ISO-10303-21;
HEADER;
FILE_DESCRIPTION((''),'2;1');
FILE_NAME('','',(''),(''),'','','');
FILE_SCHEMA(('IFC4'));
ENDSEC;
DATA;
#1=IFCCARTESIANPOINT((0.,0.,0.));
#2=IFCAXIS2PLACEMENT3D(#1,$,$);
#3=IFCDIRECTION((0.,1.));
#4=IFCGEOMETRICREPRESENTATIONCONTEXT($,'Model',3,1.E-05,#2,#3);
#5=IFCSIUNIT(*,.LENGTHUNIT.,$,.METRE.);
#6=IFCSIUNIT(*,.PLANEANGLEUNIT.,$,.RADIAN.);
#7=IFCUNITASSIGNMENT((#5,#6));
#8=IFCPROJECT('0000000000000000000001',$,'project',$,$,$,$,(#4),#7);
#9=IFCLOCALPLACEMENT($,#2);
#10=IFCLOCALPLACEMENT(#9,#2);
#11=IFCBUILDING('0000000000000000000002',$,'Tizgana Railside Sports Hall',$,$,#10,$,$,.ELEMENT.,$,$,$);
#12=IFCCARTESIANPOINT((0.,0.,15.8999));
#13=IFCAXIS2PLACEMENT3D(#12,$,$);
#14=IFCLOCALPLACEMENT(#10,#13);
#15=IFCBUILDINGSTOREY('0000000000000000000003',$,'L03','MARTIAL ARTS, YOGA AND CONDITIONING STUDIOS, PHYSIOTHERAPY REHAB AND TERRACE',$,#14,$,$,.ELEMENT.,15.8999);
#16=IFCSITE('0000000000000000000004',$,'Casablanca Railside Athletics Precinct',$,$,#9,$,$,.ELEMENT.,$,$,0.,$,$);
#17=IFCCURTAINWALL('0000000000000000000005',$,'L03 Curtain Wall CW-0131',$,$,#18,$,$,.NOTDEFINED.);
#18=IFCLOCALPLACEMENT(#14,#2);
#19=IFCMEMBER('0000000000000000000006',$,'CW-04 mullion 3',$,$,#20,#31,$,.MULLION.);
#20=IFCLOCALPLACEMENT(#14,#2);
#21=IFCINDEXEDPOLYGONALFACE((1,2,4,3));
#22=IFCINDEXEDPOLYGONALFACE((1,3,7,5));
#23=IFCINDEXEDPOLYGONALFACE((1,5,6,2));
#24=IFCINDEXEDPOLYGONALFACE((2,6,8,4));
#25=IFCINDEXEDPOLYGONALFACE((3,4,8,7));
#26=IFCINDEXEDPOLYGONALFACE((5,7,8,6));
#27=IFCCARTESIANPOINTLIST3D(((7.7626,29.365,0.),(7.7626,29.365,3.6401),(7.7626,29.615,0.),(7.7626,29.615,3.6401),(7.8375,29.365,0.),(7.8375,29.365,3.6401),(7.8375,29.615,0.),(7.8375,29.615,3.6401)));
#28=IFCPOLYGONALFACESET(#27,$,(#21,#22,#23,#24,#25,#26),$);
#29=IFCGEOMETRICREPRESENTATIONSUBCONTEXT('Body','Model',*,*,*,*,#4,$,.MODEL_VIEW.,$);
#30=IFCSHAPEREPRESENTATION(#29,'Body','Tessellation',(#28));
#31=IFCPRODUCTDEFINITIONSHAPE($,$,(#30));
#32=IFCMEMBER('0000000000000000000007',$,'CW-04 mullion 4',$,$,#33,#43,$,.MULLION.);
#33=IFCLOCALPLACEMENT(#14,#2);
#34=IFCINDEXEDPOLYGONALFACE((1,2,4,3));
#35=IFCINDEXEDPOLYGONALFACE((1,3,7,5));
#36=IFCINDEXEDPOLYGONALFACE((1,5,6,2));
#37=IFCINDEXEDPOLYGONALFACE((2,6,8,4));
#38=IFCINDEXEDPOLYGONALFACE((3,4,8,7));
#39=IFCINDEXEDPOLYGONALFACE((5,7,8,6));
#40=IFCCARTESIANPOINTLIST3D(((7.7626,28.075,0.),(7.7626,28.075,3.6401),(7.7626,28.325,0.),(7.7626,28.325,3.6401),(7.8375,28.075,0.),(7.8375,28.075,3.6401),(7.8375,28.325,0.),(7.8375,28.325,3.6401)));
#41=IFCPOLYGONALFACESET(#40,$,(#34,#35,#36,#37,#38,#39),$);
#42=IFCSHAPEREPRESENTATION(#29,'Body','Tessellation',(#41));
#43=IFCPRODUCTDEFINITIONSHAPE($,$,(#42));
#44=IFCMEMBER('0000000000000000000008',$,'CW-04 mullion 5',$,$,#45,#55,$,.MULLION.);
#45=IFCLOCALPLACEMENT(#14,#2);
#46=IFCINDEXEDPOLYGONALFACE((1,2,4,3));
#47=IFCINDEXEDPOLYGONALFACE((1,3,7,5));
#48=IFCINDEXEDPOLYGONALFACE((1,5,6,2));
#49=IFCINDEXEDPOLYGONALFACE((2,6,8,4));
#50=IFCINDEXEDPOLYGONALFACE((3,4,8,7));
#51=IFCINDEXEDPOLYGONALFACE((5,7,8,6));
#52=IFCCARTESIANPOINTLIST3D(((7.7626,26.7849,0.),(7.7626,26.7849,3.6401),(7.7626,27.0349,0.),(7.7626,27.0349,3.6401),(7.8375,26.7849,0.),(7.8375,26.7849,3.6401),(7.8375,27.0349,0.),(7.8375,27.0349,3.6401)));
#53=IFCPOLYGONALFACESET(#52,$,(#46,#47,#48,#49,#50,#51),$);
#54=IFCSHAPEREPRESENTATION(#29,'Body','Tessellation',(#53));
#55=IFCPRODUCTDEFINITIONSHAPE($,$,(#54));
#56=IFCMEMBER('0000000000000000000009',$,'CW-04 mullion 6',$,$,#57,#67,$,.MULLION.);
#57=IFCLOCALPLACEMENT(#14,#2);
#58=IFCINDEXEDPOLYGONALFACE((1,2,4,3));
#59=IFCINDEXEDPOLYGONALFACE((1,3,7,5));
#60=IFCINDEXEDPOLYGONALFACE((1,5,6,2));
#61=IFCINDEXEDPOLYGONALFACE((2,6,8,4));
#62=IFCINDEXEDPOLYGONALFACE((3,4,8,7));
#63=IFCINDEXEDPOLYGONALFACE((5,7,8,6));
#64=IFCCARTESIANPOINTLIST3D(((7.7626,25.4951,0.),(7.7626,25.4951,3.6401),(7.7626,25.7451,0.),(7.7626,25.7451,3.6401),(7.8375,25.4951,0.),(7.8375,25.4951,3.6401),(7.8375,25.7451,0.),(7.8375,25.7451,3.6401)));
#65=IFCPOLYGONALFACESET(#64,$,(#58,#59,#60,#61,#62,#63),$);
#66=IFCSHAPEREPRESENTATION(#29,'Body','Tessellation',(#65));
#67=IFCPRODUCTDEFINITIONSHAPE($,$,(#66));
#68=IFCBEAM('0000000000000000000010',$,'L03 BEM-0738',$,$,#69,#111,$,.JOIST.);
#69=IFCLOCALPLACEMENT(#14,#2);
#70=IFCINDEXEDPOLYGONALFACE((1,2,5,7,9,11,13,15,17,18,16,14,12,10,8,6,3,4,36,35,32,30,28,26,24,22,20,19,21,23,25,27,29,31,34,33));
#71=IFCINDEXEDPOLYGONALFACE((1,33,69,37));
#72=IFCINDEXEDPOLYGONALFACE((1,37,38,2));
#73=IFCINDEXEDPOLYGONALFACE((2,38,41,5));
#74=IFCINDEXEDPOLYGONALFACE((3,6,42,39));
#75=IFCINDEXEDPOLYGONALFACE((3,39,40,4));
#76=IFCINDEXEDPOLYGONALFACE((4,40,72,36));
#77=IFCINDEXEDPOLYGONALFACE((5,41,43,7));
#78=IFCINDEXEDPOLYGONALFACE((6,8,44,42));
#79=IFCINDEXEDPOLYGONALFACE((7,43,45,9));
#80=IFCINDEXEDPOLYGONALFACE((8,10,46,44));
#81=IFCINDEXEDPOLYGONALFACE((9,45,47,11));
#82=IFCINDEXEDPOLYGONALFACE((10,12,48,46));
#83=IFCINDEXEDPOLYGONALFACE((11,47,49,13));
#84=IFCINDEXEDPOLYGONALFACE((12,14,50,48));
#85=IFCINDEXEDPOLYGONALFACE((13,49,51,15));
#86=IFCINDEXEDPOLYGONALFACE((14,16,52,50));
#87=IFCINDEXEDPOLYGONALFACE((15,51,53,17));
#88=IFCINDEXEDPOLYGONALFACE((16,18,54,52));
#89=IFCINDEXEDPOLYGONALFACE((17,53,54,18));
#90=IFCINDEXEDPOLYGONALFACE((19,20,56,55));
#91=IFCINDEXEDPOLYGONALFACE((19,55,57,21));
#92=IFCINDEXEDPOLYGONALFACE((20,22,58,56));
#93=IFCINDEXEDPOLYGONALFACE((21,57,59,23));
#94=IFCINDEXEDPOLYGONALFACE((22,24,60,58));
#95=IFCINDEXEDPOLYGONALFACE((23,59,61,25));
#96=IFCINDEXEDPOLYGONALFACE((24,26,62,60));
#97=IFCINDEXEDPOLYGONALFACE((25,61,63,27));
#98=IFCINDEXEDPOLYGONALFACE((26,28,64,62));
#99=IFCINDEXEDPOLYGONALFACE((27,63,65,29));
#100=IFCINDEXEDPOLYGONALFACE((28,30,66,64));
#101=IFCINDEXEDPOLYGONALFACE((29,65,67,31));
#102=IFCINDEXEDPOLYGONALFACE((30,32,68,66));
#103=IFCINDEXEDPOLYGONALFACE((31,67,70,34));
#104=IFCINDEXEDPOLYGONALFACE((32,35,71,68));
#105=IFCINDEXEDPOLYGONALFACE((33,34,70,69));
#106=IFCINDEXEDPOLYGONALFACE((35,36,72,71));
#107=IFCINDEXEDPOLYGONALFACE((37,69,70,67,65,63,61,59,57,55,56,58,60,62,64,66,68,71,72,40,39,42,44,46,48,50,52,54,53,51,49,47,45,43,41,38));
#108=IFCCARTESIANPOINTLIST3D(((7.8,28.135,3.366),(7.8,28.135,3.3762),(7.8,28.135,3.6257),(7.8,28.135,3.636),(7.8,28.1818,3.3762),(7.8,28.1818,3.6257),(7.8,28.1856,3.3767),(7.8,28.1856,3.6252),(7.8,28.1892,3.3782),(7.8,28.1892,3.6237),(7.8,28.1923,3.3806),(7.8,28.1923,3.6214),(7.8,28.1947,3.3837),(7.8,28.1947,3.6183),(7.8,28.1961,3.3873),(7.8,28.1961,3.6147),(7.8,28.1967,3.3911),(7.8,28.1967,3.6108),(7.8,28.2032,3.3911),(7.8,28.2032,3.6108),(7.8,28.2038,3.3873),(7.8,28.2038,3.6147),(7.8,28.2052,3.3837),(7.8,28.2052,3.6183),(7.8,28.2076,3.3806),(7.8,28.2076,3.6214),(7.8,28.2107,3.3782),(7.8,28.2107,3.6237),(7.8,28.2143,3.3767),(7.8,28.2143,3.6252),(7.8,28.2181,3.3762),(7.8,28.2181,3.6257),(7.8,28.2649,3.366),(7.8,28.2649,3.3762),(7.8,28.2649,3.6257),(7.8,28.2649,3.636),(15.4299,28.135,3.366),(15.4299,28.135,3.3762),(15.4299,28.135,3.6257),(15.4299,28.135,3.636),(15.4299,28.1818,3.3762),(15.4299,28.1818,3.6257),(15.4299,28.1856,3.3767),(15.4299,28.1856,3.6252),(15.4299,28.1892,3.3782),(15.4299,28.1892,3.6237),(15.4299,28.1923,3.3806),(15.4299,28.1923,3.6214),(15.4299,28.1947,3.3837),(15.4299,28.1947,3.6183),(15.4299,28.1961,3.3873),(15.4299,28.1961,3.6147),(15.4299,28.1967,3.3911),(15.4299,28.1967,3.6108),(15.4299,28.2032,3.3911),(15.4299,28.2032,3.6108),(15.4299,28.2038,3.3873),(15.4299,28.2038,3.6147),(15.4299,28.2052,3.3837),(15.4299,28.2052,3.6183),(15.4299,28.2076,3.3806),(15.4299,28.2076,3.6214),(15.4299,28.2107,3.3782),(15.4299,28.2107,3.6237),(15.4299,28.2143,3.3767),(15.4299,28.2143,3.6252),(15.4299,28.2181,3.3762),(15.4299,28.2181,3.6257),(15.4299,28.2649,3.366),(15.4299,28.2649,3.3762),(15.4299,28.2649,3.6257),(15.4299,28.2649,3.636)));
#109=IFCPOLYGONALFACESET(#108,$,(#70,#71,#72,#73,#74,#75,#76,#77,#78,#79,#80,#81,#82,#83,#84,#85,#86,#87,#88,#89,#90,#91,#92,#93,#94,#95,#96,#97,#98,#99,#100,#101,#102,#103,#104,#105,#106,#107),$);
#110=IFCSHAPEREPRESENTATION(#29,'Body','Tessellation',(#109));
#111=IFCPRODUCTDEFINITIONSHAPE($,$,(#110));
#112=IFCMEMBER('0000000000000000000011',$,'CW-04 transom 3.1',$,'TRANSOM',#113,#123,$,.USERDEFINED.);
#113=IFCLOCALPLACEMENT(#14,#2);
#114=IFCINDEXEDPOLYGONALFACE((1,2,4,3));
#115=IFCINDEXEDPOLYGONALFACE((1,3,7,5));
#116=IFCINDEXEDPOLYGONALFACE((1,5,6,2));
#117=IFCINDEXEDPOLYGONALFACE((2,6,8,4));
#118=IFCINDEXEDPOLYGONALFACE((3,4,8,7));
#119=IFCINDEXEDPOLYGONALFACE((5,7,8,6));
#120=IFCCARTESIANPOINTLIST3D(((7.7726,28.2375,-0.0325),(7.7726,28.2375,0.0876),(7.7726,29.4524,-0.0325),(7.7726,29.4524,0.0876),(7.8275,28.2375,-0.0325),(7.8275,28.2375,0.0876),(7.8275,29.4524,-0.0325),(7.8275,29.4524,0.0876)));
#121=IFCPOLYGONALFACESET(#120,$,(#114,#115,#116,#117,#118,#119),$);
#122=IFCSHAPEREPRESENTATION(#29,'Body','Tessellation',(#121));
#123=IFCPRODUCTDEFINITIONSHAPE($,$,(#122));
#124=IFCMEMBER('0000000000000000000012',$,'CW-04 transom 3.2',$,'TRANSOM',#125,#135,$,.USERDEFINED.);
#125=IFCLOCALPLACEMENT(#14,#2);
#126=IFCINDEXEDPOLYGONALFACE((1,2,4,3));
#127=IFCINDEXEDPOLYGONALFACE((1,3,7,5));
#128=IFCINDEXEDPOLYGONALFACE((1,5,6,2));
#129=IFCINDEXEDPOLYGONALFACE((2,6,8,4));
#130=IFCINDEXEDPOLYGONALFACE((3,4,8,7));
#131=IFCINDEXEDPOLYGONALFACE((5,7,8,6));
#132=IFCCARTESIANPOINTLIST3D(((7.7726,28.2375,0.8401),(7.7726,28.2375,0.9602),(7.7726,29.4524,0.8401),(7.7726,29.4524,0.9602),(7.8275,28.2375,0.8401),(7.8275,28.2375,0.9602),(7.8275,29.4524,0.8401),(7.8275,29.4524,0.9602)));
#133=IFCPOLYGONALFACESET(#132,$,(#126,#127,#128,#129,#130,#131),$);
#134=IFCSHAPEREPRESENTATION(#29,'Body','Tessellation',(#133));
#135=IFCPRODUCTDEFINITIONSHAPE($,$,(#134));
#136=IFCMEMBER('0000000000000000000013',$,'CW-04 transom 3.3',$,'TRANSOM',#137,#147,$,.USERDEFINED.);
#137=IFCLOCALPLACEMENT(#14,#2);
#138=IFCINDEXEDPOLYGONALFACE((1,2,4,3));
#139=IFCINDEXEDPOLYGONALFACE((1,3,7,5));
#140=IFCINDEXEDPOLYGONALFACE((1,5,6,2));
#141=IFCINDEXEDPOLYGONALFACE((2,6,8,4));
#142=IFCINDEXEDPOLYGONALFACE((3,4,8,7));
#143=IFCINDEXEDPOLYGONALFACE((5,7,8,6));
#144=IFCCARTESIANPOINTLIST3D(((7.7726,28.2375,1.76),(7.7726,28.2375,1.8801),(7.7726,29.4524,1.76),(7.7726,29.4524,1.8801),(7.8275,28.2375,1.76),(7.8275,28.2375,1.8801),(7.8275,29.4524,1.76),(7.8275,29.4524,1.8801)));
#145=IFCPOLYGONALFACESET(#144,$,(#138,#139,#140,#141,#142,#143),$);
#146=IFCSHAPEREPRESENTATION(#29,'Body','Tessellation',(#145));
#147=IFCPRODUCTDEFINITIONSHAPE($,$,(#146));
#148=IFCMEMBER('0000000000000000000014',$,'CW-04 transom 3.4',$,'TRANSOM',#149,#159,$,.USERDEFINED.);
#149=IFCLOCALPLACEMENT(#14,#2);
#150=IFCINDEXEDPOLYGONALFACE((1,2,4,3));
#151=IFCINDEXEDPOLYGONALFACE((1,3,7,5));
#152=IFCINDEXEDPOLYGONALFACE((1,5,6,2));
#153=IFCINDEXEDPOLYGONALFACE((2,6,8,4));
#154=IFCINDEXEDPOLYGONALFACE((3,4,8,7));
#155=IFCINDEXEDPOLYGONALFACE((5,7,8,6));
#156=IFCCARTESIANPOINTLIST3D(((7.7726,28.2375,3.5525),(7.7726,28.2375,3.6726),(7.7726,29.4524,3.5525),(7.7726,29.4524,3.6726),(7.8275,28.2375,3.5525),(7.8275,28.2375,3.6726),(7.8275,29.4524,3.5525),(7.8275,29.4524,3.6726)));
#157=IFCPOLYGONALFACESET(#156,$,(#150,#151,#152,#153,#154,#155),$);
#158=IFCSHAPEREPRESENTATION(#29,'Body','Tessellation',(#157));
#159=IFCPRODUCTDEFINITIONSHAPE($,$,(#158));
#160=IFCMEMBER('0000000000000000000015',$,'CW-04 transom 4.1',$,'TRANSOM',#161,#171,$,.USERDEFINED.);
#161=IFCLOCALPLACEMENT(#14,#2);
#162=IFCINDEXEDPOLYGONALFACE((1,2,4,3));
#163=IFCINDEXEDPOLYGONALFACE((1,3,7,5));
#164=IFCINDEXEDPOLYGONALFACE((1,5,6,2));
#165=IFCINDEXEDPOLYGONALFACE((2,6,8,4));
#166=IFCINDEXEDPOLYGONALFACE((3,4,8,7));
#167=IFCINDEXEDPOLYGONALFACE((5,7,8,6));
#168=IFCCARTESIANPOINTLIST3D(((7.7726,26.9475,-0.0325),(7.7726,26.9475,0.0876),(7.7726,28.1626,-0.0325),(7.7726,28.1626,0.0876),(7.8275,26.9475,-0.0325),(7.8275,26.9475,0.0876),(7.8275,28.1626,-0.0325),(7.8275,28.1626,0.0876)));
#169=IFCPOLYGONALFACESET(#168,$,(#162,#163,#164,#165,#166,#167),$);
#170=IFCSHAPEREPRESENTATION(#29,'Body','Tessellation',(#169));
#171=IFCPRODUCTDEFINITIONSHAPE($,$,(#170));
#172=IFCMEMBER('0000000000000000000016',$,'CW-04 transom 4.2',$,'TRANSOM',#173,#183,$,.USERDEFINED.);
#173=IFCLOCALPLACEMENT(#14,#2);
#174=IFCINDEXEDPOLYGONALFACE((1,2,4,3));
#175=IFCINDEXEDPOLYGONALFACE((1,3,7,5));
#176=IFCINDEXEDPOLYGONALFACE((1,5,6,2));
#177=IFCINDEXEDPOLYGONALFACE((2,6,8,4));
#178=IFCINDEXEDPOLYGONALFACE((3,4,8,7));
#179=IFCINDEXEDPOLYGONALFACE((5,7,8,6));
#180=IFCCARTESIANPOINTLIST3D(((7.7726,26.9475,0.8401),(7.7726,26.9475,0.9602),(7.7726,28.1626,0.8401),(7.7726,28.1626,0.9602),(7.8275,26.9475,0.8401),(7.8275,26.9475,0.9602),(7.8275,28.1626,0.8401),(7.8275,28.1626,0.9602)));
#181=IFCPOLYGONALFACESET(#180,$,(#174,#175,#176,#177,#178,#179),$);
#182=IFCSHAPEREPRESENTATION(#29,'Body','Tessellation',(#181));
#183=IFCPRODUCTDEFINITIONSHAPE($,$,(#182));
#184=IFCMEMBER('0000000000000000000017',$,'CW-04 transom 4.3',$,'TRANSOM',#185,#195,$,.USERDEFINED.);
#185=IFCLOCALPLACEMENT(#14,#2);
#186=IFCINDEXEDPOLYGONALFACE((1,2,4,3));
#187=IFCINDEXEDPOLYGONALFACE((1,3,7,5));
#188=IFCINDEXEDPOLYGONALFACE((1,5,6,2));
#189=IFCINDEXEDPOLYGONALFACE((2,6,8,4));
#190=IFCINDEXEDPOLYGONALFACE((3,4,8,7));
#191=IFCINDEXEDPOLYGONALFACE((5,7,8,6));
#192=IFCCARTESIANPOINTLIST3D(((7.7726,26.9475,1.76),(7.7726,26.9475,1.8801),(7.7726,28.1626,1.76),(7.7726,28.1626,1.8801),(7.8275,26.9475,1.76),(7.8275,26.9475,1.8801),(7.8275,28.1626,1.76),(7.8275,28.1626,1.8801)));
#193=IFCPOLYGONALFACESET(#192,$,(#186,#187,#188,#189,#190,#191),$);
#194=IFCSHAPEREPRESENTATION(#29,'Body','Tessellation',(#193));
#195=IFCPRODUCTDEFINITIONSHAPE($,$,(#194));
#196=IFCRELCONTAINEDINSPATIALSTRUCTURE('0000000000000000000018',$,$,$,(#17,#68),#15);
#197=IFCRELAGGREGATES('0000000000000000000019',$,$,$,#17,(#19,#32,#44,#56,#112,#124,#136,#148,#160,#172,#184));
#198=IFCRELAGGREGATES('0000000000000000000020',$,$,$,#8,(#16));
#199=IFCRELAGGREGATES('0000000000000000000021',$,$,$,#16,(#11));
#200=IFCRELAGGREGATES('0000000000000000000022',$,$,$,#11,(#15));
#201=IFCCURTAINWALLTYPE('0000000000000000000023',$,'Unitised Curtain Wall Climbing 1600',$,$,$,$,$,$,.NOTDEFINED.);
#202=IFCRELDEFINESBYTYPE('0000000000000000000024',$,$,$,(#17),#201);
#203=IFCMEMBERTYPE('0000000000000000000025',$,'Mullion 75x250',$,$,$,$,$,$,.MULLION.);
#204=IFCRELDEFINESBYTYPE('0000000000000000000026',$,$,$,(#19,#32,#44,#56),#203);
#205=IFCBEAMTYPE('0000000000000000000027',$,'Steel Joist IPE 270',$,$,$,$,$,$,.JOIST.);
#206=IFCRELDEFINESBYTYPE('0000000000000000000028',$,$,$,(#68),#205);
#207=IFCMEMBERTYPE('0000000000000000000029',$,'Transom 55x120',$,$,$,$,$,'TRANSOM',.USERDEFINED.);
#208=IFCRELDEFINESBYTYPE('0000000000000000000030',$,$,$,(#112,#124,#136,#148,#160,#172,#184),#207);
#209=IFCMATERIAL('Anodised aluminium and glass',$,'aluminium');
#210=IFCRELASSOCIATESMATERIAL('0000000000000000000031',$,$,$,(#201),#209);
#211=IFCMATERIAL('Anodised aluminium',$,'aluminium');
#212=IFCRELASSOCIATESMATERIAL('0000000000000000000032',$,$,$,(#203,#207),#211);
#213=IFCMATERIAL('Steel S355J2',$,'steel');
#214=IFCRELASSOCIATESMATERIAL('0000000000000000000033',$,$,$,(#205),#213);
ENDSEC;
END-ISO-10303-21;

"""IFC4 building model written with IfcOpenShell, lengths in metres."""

from ifc_helpers import new_model, si_unit, direction, frame, origin, origin_2d, place, context, subcontext, project, spatial, rectangle, i_section, extrude, material, material_profile, profile_set, type_object, element, aggregate, save


model = new_model("IFC4")

# Units and contexts
model_context = context("Model", 3, precision=1e-05, world=origin(), true_north=direction((0.0, 1.0)))
body_context = subcontext(model_context, "Body", "Model", "MODEL_VIEW")
ifc_project = project(units=[si_unit("LENGTHUNIT", "METRE"), si_unit("PLANEANGLEUNIT", "RADIAN")], contexts=[model_context])

# Site, building, storey
site_placement = place(None, origin())
site = spatial("IfcSite", under=ifc_project, at=site_placement, Name="Casablanca Railside Athletics Precinct", CompositionType="ELEMENT", RefElevation=0.0)
building_placement = place(site_placement, origin())
building = spatial("IfcBuilding", under=site, at=building_placement, Name="Tizgana Railside Sports Hall", CompositionType="ELEMENT")
storey_placement = place(building_placement, frame((0.0, 0.0, 15.8999)))
storey = spatial("IfcBuildingStorey", under=building, at=storey_placement, Name="L03", Description="MARTIAL ARTS, YOGA AND CONDITIONING STUDIOS, PHYSIOTHERAPY REHAB AND TERRACE", CompositionType="ELEMENT", Elevation=15.8999)

# Curtain wall, members
ifc_material_1 = material(Name="Anodised aluminium and glass", Category="aluminium")
curtain_wall_type = type_object("IfcCurtainWallType", Name="Unitised Curtain Wall Climbing 1600", PredefinedType="NOTDEFINED", material=ifc_material_1)
curtain_wall_placement = place(storey_placement, origin())
curtain_wall = element("IfcCurtainWall", 1, at=curtain_wall_placement, inside=storey, type_object=curtain_wall_type, Name="L03 Curtain Wall CW-0131", PredefinedType="NOTDEFINED")
ifc_material_2 = material(Name="Anodised aluminium", Category="aluminium")
ifc_material_profile_1 = material_profile(ifc_material_2, rectangle(XDim=0.075, YDim=0.25, at=origin_2d()), Name="Mullion 75x250")
ifc_profile_set_1 = profile_set([ifc_material_profile_1], Name="Anodised aluminium")
member_type_1 = type_object("IfcMemberType", Name="Mullion 75x250", PredefinedType="MULLION", material=ifc_profile_set_1)
member_1_placement = place(storey_placement, frame((7.8, 29.49, 0.0), z_axis=(0.0, 0.0, 1.0), x_axis=(1.0, 0.0, 0.0)))
member_1 = element("IfcMember", 2, at=member_1_placement, type_object=member_type_1, Name="CW-04 mullion 3", PredefinedType="MULLION", context=body_context, shape_type="SweptSolid", body=[
    extrude(rectangle(XDim=0.075, YDim=0.25, at=origin_2d()), origin(), (0.0, 0.0, 1.0), 3.6401),
])
member_2_placement = place(storey_placement, frame((7.8, 28.2, 0.0), z_axis=(0.0, 0.0, 1.0), x_axis=(1.0, 0.0, 0.0)))
member_2 = element("IfcMember", 3, at=member_2_placement, type_object=member_type_1, Name="CW-04 mullion 4", PredefinedType="MULLION", context=body_context, shape_type="SweptSolid", body=[
    extrude(rectangle(XDim=0.075, YDim=0.25, at=origin_2d()), origin(), (0.0, 0.0, 1.0), 3.6401),
])
member_3_placement = place(storey_placement, frame((7.8, 26.9099, 0.0), z_axis=(0.0, 0.0, 1.0), x_axis=(1.0, 0.0, 0.0)))
member_3 = element("IfcMember", 4, at=member_3_placement, type_object=member_type_1, Name="CW-04 mullion 5", PredefinedType="MULLION", context=body_context, shape_type="SweptSolid", body=[
    extrude(rectangle(XDim=0.075, YDim=0.25, at=origin_2d()), origin(), (0.0, 0.0, 1.0), 3.6401),
])
member_4_placement = place(storey_placement, frame((7.8, 25.6201, 0.0), z_axis=(0.0, 0.0, 1.0), x_axis=(1.0, 0.0, 0.0)))
member_4 = element("IfcMember", 5, at=member_4_placement, type_object=member_type_1, Name="CW-04 mullion 6", PredefinedType="MULLION", context=body_context, shape_type="SweptSolid", body=[
    extrude(rectangle(XDim=0.075, YDim=0.25, at=origin_2d()), origin(), (0.0, 0.0, 1.0), 3.6401),
])

# Beam
ifc_material_3 = material(Name="Steel S355J2", Category="steel")
ifc_material_profile_2 = material_profile(ifc_material_3, i_section(OverallWidth=0.1299, OverallDepth=0.27, WebThickness=0.0066, FlangeThickness=0.0103, FilletRadius=0.0149, at=origin_2d()), Name="IPE 270")
ifc_profile_set_2 = profile_set([ifc_material_profile_2], Name="Steel S355J2")
beam_type = type_object("IfcBeamType", Name="Steel Joist IPE 270", PredefinedType="JOIST", material=ifc_profile_set_2)
beam_placement = place(storey_placement, frame((7.8, 28.2, 3.501), z_axis=(1.0, 0.0, 0.0), x_axis=(0.0, 1.0, 0.0)))
element("IfcBeam", 6, at=beam_placement, inside=storey, type_object=beam_type, Name="L03 BEM-0738", PredefinedType="JOIST", context=body_context, shape_type="SweptSolid", body=[
    extrude(i_section(OverallWidth=0.1299, OverallDepth=0.27, WebThickness=0.0066, FlangeThickness=0.0103, FilletRadius=0.0149, at=origin_2d()), origin(), (0.0, 0.0, 1.0), 7.6299),
])

# Members
ifc_material_profile_3 = material_profile(ifc_material_2, rectangle(XDim=0.0549, YDim=0.1201, at=origin_2d()), Name="Transom 55x120")
ifc_profile_set_3 = profile_set([ifc_material_profile_3], Name="Anodised aluminium")
member_type_2 = type_object("IfcMemberType", Name="Transom 55x120", ElementType="TRANSOM", PredefinedType="USERDEFINED", material=ifc_profile_set_3)
member_5_placement = place(storey_placement, frame((7.8, 29.4524, 0.0276), z_axis=(0.0, -1.0, 0.0), x_axis=(1.0, 0.0, 0.0)))
member_5 = element("IfcMember", 7, at=member_5_placement, type_object=member_type_2, Name="CW-04 transom 3.1", ObjectType="TRANSOM", PredefinedType="USERDEFINED", context=body_context, shape_type="SweptSolid", body=[
    extrude(rectangle(XDim=0.0549, YDim=0.1201, at=origin_2d()), origin(), (0.0, 0.0, 1.0), 1.2148),
])
member_6_placement = place(storey_placement, frame((7.8, 29.4524, 0.9001), z_axis=(0.0, -1.0, 0.0), x_axis=(1.0, 0.0, 0.0)))
member_6 = element("IfcMember", 8, at=member_6_placement, type_object=member_type_2, Name="CW-04 transom 3.2", ObjectType="TRANSOM", PredefinedType="USERDEFINED", context=body_context, shape_type="SweptSolid", body=[
    extrude(rectangle(XDim=0.0549, YDim=0.1201, at=origin_2d()), origin(), (0.0, 0.0, 1.0), 1.2148),
])
member_7_placement = place(storey_placement, frame((7.8, 29.4524, 1.8201), z_axis=(0.0, -1.0, 0.0), x_axis=(1.0, 0.0, 0.0)))
member_7 = element("IfcMember", 9, at=member_7_placement, type_object=member_type_2, Name="CW-04 transom 3.3", ObjectType="TRANSOM", PredefinedType="USERDEFINED", context=body_context, shape_type="SweptSolid", body=[
    extrude(rectangle(XDim=0.0549, YDim=0.1201, at=origin_2d()), origin(), (0.0, 0.0, 1.0), 1.2148),
])
member_8_placement = place(storey_placement, frame((7.8, 29.4524, 3.6125), z_axis=(0.0, -1.0, 0.0), x_axis=(1.0, 0.0, 0.0)))
member_8 = element("IfcMember", 10, at=member_8_placement, type_object=member_type_2, Name="CW-04 transom 3.4", ObjectType="TRANSOM", PredefinedType="USERDEFINED", context=body_context, shape_type="SweptSolid", body=[
    extrude(rectangle(XDim=0.0549, YDim=0.1201, at=origin_2d()), origin(), (0.0, 0.0, 1.0), 1.2148),
])
member_9_placement = place(storey_placement, frame((7.8, 28.1626, 0.0276), z_axis=(0.0, -1.0, 0.0), x_axis=(1.0, 0.0, 0.0)))
member_9 = element("IfcMember", 11, at=member_9_placement, type_object=member_type_2, Name="CW-04 transom 4.1", ObjectType="TRANSOM", PredefinedType="USERDEFINED", context=body_context, shape_type="SweptSolid", body=[
    extrude(rectangle(XDim=0.0549, YDim=0.1201, at=origin_2d()), origin(), (0.0, 0.0, 1.0), 1.2151),
])
member_10_placement = place(storey_placement, frame((7.8, 28.1626, 0.9001), z_axis=(0.0, -1.0, 0.0), x_axis=(1.0, 0.0, 0.0)))
member_10 = element("IfcMember", 12, at=member_10_placement, type_object=member_type_2, Name="CW-04 transom 4.2", ObjectType="TRANSOM", PredefinedType="USERDEFINED", context=body_context, shape_type="SweptSolid", body=[
    extrude(rectangle(XDim=0.0549, YDim=0.1201, at=origin_2d()), origin(), (0.0, 0.0, 1.0), 1.2151),
])
member_11_placement = place(storey_placement, frame((7.8, 28.1626, 1.8201), z_axis=(0.0, -1.0, 0.0), x_axis=(1.0, 0.0, 0.0)))
member_11 = element("IfcMember", 13, at=member_11_placement, type_object=member_type_2, Name="CW-04 transom 4.3", ObjectType="TRANSOM", PredefinedType="USERDEFINED", context=body_context, shape_type="SweptSolid", body=[
    extrude(rectangle(XDim=0.0549, YDim=0.1201, at=origin_2d()), origin(), (0.0, 0.0, 1.0), 1.2151),
])

aggregate(curtain_wall, [member_1, member_2, member_3, member_4, member_5, member_6, member_7, member_8, member_9, member_10, member_11])

save(model, "model.ifc")
